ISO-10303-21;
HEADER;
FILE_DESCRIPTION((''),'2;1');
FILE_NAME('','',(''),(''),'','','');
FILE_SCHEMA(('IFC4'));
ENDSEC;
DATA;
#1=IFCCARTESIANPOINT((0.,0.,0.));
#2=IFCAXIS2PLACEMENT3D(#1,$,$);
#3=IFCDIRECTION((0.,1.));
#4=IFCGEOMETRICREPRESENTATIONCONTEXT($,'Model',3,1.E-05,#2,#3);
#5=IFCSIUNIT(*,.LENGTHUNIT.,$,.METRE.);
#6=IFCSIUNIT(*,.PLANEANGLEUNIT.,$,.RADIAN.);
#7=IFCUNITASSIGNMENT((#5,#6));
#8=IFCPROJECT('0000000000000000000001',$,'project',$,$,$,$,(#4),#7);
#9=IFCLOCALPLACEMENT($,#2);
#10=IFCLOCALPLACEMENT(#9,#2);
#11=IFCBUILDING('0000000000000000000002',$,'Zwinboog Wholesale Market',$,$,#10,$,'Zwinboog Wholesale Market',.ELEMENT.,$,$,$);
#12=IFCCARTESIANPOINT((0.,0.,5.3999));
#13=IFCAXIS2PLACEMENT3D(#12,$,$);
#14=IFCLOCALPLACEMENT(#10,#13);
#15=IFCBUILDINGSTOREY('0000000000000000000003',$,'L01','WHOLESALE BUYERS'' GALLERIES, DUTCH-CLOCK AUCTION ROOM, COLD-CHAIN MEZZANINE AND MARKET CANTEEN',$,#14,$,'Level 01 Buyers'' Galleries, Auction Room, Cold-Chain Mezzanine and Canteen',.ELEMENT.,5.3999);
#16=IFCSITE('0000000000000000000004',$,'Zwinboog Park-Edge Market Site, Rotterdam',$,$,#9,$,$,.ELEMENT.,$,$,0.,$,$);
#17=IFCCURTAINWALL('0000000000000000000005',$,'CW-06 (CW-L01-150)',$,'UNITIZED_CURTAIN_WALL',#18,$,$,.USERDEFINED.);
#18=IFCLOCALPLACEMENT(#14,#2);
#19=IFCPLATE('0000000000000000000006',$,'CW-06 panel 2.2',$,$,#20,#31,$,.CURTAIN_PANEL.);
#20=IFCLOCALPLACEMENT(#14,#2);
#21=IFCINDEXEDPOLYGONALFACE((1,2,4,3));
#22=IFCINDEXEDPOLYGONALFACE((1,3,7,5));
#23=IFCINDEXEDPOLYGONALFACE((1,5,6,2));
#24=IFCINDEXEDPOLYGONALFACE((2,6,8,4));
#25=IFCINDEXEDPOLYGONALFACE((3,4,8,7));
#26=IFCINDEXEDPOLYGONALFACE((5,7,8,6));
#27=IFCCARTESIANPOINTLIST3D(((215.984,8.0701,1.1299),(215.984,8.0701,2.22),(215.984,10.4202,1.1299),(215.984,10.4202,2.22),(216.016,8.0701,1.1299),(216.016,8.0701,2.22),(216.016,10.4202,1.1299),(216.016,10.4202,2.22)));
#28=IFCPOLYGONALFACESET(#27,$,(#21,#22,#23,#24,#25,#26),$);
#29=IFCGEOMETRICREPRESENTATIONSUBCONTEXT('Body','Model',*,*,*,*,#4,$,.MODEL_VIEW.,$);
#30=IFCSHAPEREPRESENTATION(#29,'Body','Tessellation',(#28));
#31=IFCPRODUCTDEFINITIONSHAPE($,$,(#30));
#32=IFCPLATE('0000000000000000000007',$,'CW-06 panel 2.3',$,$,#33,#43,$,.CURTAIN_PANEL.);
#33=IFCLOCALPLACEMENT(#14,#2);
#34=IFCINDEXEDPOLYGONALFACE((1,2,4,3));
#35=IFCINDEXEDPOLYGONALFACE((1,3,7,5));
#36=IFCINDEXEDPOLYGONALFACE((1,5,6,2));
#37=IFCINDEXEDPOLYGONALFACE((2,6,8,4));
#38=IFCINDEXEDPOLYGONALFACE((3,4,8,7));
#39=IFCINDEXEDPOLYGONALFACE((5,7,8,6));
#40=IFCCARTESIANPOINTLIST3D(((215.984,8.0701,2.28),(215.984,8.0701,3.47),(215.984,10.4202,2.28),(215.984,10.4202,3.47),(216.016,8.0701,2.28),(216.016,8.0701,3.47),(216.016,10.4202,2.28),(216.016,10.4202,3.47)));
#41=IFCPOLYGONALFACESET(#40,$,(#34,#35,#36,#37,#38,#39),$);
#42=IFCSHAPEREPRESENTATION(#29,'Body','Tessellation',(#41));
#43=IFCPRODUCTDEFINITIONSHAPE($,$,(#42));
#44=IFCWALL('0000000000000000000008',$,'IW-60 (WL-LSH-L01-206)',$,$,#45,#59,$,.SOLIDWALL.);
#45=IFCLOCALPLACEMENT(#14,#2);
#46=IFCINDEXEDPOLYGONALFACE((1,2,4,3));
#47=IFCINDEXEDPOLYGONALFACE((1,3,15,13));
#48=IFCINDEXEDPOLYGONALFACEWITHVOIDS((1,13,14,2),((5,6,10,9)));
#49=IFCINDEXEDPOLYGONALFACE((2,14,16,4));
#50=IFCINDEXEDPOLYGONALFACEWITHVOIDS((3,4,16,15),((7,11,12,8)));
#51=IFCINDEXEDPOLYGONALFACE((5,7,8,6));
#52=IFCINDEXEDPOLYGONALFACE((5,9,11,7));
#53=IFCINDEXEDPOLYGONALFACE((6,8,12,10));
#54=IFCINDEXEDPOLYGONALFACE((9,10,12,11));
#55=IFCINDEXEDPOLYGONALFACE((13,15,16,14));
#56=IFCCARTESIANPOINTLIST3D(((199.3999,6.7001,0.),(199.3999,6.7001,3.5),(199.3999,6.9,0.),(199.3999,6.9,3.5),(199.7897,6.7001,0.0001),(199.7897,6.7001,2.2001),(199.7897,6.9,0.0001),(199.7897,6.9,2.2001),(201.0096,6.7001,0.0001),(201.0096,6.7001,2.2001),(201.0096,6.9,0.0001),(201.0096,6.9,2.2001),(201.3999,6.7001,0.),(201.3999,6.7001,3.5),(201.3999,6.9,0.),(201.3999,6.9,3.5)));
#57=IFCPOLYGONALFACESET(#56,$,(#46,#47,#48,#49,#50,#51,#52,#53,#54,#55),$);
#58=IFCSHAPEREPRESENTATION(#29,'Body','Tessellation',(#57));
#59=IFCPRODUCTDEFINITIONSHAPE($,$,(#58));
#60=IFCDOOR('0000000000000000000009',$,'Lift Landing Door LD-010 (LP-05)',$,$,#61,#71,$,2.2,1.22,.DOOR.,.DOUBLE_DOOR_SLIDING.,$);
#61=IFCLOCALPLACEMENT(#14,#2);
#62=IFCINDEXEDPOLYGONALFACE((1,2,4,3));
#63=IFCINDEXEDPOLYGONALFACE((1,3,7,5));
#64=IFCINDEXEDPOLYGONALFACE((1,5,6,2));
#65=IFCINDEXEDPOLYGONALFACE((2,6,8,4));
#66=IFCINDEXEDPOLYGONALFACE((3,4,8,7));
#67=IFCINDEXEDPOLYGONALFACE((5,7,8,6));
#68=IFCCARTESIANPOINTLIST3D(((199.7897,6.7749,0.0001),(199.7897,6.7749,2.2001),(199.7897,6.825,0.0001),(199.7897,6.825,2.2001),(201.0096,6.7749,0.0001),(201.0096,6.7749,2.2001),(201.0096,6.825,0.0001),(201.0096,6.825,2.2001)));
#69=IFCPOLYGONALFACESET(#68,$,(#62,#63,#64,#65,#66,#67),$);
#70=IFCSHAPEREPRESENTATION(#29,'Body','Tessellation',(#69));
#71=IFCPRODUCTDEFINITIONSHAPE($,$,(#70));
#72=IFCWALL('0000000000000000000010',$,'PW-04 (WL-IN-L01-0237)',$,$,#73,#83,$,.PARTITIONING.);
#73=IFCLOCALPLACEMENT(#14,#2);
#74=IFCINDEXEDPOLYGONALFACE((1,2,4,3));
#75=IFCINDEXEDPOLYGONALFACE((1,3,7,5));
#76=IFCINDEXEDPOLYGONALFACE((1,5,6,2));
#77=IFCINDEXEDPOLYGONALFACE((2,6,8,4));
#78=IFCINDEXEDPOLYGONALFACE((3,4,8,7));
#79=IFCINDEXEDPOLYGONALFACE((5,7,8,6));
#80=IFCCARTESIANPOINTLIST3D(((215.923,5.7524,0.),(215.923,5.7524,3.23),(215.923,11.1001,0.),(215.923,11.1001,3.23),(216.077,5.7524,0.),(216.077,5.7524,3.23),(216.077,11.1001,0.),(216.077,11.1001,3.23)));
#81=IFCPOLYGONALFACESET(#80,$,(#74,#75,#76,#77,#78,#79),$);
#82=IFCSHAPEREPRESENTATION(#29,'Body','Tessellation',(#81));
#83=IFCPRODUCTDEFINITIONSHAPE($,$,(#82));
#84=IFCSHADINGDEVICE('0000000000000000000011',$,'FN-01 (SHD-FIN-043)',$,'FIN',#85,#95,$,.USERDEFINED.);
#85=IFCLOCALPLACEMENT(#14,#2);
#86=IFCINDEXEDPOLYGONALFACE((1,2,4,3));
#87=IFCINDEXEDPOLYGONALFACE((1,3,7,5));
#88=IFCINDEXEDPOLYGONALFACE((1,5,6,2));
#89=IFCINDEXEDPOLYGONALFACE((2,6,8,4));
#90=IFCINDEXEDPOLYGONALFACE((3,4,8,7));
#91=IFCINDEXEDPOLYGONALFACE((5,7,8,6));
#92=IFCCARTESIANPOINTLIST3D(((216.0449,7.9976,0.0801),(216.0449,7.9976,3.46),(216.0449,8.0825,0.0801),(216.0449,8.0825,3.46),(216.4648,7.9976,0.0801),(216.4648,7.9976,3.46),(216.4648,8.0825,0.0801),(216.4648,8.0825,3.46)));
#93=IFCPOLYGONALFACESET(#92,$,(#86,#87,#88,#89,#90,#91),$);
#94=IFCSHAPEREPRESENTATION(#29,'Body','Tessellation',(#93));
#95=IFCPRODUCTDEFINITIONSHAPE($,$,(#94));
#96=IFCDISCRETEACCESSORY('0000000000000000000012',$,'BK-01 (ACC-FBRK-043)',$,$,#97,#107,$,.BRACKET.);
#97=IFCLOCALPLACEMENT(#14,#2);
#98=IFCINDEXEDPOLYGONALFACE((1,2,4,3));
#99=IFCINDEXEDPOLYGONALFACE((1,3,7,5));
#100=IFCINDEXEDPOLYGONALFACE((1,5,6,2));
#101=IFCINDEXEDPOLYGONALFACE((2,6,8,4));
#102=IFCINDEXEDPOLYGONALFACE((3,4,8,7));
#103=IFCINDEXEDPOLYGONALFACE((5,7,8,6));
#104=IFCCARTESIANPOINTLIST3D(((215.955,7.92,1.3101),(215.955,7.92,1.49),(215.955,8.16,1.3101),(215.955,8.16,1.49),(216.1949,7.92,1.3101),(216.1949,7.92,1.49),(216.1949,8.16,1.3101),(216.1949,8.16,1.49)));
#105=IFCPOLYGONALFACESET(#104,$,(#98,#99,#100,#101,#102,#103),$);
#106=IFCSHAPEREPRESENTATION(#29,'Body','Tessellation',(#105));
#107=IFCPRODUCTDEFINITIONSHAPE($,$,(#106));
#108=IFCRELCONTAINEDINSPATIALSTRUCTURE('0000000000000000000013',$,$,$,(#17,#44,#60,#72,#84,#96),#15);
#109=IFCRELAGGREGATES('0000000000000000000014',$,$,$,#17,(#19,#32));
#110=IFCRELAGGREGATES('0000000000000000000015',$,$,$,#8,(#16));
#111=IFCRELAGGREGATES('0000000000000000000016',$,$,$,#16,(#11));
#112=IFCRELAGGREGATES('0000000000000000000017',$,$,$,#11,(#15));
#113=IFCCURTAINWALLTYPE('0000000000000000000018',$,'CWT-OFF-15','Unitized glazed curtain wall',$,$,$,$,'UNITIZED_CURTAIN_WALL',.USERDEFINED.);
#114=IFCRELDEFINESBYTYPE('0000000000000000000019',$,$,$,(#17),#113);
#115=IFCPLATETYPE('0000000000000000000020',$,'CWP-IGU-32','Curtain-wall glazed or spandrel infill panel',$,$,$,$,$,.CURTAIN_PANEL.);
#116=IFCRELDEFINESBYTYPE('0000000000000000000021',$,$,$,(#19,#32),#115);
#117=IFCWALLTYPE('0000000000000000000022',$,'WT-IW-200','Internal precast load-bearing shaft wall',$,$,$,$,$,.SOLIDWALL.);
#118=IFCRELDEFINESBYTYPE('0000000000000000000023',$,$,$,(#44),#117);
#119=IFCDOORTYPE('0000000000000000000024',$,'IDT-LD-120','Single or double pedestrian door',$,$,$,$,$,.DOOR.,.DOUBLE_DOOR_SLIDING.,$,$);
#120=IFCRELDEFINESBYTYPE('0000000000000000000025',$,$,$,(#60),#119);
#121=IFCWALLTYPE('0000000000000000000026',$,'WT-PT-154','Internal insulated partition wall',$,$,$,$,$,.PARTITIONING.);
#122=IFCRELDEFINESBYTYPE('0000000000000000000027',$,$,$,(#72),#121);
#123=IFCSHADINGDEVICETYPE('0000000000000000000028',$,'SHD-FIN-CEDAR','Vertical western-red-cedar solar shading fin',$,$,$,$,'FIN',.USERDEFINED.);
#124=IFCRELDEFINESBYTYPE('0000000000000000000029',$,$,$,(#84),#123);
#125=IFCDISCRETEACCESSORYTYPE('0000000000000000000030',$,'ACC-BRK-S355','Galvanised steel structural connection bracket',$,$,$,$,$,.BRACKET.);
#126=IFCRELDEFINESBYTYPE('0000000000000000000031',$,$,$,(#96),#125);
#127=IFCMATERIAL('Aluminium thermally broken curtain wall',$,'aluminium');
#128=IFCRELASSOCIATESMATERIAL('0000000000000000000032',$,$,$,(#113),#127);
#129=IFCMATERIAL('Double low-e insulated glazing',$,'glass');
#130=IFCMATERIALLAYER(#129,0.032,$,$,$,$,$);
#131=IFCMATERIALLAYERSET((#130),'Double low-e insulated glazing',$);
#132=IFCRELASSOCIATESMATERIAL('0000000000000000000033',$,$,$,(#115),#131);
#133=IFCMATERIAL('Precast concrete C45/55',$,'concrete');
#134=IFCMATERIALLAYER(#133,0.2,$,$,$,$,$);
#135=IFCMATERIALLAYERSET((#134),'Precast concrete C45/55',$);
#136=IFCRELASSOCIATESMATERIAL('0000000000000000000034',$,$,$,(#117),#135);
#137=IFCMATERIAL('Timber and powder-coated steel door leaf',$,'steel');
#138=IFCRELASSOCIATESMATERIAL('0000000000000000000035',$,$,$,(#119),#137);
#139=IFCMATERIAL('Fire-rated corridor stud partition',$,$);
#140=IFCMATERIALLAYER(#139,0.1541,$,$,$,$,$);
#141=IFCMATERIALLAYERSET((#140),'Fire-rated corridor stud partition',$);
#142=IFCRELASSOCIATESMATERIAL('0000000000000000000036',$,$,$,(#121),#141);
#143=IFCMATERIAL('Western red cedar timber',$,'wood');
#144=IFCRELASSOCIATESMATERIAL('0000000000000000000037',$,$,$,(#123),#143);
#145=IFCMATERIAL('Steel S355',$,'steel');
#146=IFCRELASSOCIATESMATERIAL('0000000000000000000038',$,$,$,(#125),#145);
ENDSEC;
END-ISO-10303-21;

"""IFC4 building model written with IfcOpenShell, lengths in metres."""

from ifc_helpers import new_model, si_unit, direction, frame, frame_2d, origin, origin_2d, place, context, subcontext, project, spatial, rectangle, extrude, material, layer, layer_set, type_object, element, fill, aggregate, save


model = new_model("IFC4")

# Units and contexts
model_context = context("Model", 3, precision=1e-05, world=origin(), true_north=direction((0.0, 1.0)))
body_context = subcontext(model_context, "Body", "Model", "MODEL_VIEW")
ifc_project = project(units=[si_unit("LENGTHUNIT", "METRE"), si_unit("PLANEANGLEUNIT", "RADIAN")], contexts=[model_context])

# Site, building, storey
site_placement = place(None, origin())
site = spatial("IfcSite", under=ifc_project, at=site_placement, Name="Zwinboog Park-Edge Market Site, Rotterdam", CompositionType="ELEMENT", RefElevation=0.0)
building_placement = place(site_placement, origin())
building = spatial("IfcBuilding", under=site, at=building_placement, Name="Zwinboog Wholesale Market", LongName="Zwinboog Wholesale Market", CompositionType="ELEMENT")
storey_placement = place(building_placement, frame((0.0, 0.0, 5.3999)))
storey = spatial("IfcBuildingStorey", under=building, at=storey_placement, Name="L01", Description="WHOLESALE BUYERS' GALLERIES, DUTCH-CLOCK AUCTION ROOM, COLD-CHAIN MEZZANINE AND MARKET CANTEEN", LongName="Level 01 Buyers' Galleries, Auction Room, Cold-Chain Mezzanine and Canteen", CompositionType="ELEMENT", Elevation=5.3999)

# Curtain wall, plates
ifc_material_1 = material(Name="Aluminium thermally broken curtain wall", Category="aluminium")
curtain_wall_type = type_object("IfcCurtainWallType", Name="CWT-OFF-15", Description="Unitized glazed curtain wall", ElementType="UNITIZED_CURTAIN_WALL", PredefinedType="USERDEFINED", material=ifc_material_1)
curtain_wall_placement = place(storey_placement, origin())
curtain_wall = element("IfcCurtainWall", 1, at=curtain_wall_placement, inside=storey, type_object=curtain_wall_type, Name="CW-06 (CW-L01-150)", ObjectType="UNITIZED_CURTAIN_WALL", PredefinedType="USERDEFINED")
ifc_material_2 = material(Name="Double low-e insulated glazing", Category="glass")
ifc_layer_1 = layer(ifc_material_2, 0.032)
ifc_layer_set_1 = layer_set([ifc_layer_1], Name="Double low-e insulated glazing")
plate_type = type_object("IfcPlateType", Name="CWP-IGU-32", Description="Curtain-wall glazed or spandrel infill panel", PredefinedType="CURTAIN_PANEL", material=ifc_layer_set_1)
plate_1_placement = place(storey_placement, frame((216.0, 9.2451, 1.1299), z_axis=(0.0, 0.0, 1.0), x_axis=(0.0, 1.0, 0.0)))
plate_1 = element("IfcPlate", 2, at=plate_1_placement, type_object=plate_type, Name="CW-06 panel 2.2", PredefinedType="CURTAIN_PANEL", context=body_context, shape_type="SweptSolid", body=[
    extrude(rectangle(XDim=2.3501, YDim=0.032, at=origin_2d()), origin(), (0.0, 0.0, 1.0), 1.0901),
])
plate_2_placement = place(storey_placement, frame((216.0, 9.2451, 2.28), z_axis=(0.0, 0.0, 1.0), x_axis=(0.0, 1.0, 0.0)))
plate_2 = element("IfcPlate", 3, at=plate_2_placement, type_object=plate_type, Name="CW-06 panel 2.3", PredefinedType="CURTAIN_PANEL", context=body_context, shape_type="SweptSolid", body=[
    extrude(rectangle(XDim=2.3501, YDim=0.032, at=origin_2d()), origin(), (0.0, 0.0, 1.0), 1.1899),
])
aggregate(curtain_wall, [plate_1, plate_2])

# Wall, opening, door
ifc_material_3 = material(Name="Precast concrete C45/55", Category="concrete")
ifc_layer_2 = layer(ifc_material_3, 0.2)
ifc_layer_set_2 = layer_set([ifc_layer_2], Name="Precast concrete C45/55")
wall_type_1 = type_object("IfcWallType", Name="WT-IW-200", Description="Internal precast load-bearing shaft wall", PredefinedType="SOLIDWALL", material=ifc_layer_set_2)
wall_1_placement = place(storey_placement, frame((199.3999, 6.8, 0.0), z_axis=(0.0, 0.0, 1.0), x_axis=(1.0, 0.0, 0.0)))
wall_1 = element("IfcWall", 4, at=wall_1_placement, inside=storey, type_object=wall_type_1, Name="IW-60 (WL-LSH-L01-206)", PredefinedType="SOLIDWALL", context=body_context, shape_type="SweptSolid", body=[
    extrude(rectangle(XDim=2.0, YDim=0.2, at=frame_2d((1.0, 0.0))), origin(), (0.0, 0.0, 1.0), 3.5),
])
opening_placement = place(wall_1_placement, frame((0.3899, 0.0, 0.0)))
opening = element("IfcOpeningElement", 5, at=opening_placement, cuts=wall_1, PredefinedType="OPENING", context=body_context, shape_type="SweptSolid", body=[
    extrude(rectangle(XDim=1.22, YDim=2.2, at=frame_2d((0.6099, 1.1001))), frame((0.0, 0.1099, 0.0), z_axis=(0.0, -1.0, 0.0), x_axis=(1.0, 0.0, 0.0)), (0.0, 0.0, 1.0), 0.22),
])
ifc_material_4 = material(Name="Timber and powder-coated steel door leaf", Category="steel")
door_type = type_object("IfcDoorType", Name="IDT-LD-120", Description="Single or double pedestrian door", OperationType="DOUBLE_DOOR_SLIDING", PredefinedType="DOOR", material=ifc_material_4)
door_placement = place(opening_placement, origin())
door = element("IfcDoor", 6, at=door_placement, inside=storey, type_object=door_type, Name="Lift Landing Door LD-010 (LP-05)", OperationType="DOUBLE_DOOR_SLIDING", OverallHeight=2.2, OverallWidth=1.22, PredefinedType="DOOR", context=body_context, shape_type="SweptSolid", body=[
    extrude(rectangle(XDim=1.22, YDim=2.2, at=frame_2d((0.6099, 1.1001))), frame((0.0, 0.0249, 0.0), z_axis=(0.0, -1.0, 0.0), x_axis=(1.0, 0.0, 0.0)), (0.0, 0.0, 1.0), 0.05),
])
fill(opening, door)

# Wall
ifc_material_5 = material(Name="Fire-rated corridor stud partition")
ifc_layer_3 = layer(ifc_material_5, 0.1541)
ifc_layer_set_3 = layer_set([ifc_layer_3], Name="Fire-rated corridor stud partition")
wall_type_2 = type_object("IfcWallType", Name="WT-PT-154", Description="Internal insulated partition wall", PredefinedType="PARTITIONING", material=ifc_layer_set_3)
wall_2_placement = place(storey_placement, frame((216.0, 5.7524, 0.0), z_axis=(0.0, 0.0, 1.0), x_axis=(0.0, 1.0, 0.0)))
element("IfcWall", 7, at=wall_2_placement, inside=storey, type_object=wall_type_2, Name="PW-04 (WL-IN-L01-0237)", PredefinedType="PARTITIONING", context=body_context, shape_type="SweptSolid", body=[
    extrude(rectangle(XDim=5.3477, YDim=0.1541, at=frame_2d((2.6738, 0.0))), origin(), (0.0, 0.0, 1.0), 3.23),
])

# Shading device
ifc_material_6 = material(Name="Western red cedar timber", Category="wood")
shading_device_type = type_object("IfcShadingDeviceType", Name="SHD-FIN-CEDAR", Description="Vertical western-red-cedar solar shading fin", ElementType="FIN", PredefinedType="USERDEFINED", material=ifc_material_6)
shading_device_placement = place(storey_placement, frame((216.2549, 8.04, 0.0801), z_axis=(0.0, 0.0, 1.0), x_axis=(1.0, 0.0, 0.0)))
element("IfcShadingDevice", 8, at=shading_device_placement, inside=storey, type_object=shading_device_type, Name="FN-01 (SHD-FIN-043)", ObjectType="FIN", PredefinedType="USERDEFINED", context=body_context, shape_type="SweptSolid", body=[
    extrude(rectangle(XDim=0.4199, YDim=0.085, at=origin_2d()), origin(), (0.0, 0.0, 1.0), 3.3799),
])

# Discrete accessory
ifc_material_7 = material(Name="Steel S355", Category="steel")
discrete_accessory_type = type_object("IfcDiscreteAccessoryType", Name="ACC-BRK-S355", Description="Galvanised steel structural connection bracket", PredefinedType="BRACKET", material=ifc_material_7)
discrete_accessory_placement = place(storey_placement, frame((216.075, 8.04, 1.3101), z_axis=(0.0, 0.0, 1.0), x_axis=(1.0, 0.0, 0.0)))
element("IfcDiscreteAccessory", 9, at=discrete_accessory_placement, inside=storey, type_object=discrete_accessory_type, Name="BK-01 (ACC-FBRK-043)", PredefinedType="BRACKET", context=body_context, shape_type="SweptSolid", body=[
    extrude(rectangle(XDim=0.24, YDim=0.24, at=origin_2d()), origin(), (0.0, 0.0, 1.0), 0.1799),
])

save(model, "model.ifc")
